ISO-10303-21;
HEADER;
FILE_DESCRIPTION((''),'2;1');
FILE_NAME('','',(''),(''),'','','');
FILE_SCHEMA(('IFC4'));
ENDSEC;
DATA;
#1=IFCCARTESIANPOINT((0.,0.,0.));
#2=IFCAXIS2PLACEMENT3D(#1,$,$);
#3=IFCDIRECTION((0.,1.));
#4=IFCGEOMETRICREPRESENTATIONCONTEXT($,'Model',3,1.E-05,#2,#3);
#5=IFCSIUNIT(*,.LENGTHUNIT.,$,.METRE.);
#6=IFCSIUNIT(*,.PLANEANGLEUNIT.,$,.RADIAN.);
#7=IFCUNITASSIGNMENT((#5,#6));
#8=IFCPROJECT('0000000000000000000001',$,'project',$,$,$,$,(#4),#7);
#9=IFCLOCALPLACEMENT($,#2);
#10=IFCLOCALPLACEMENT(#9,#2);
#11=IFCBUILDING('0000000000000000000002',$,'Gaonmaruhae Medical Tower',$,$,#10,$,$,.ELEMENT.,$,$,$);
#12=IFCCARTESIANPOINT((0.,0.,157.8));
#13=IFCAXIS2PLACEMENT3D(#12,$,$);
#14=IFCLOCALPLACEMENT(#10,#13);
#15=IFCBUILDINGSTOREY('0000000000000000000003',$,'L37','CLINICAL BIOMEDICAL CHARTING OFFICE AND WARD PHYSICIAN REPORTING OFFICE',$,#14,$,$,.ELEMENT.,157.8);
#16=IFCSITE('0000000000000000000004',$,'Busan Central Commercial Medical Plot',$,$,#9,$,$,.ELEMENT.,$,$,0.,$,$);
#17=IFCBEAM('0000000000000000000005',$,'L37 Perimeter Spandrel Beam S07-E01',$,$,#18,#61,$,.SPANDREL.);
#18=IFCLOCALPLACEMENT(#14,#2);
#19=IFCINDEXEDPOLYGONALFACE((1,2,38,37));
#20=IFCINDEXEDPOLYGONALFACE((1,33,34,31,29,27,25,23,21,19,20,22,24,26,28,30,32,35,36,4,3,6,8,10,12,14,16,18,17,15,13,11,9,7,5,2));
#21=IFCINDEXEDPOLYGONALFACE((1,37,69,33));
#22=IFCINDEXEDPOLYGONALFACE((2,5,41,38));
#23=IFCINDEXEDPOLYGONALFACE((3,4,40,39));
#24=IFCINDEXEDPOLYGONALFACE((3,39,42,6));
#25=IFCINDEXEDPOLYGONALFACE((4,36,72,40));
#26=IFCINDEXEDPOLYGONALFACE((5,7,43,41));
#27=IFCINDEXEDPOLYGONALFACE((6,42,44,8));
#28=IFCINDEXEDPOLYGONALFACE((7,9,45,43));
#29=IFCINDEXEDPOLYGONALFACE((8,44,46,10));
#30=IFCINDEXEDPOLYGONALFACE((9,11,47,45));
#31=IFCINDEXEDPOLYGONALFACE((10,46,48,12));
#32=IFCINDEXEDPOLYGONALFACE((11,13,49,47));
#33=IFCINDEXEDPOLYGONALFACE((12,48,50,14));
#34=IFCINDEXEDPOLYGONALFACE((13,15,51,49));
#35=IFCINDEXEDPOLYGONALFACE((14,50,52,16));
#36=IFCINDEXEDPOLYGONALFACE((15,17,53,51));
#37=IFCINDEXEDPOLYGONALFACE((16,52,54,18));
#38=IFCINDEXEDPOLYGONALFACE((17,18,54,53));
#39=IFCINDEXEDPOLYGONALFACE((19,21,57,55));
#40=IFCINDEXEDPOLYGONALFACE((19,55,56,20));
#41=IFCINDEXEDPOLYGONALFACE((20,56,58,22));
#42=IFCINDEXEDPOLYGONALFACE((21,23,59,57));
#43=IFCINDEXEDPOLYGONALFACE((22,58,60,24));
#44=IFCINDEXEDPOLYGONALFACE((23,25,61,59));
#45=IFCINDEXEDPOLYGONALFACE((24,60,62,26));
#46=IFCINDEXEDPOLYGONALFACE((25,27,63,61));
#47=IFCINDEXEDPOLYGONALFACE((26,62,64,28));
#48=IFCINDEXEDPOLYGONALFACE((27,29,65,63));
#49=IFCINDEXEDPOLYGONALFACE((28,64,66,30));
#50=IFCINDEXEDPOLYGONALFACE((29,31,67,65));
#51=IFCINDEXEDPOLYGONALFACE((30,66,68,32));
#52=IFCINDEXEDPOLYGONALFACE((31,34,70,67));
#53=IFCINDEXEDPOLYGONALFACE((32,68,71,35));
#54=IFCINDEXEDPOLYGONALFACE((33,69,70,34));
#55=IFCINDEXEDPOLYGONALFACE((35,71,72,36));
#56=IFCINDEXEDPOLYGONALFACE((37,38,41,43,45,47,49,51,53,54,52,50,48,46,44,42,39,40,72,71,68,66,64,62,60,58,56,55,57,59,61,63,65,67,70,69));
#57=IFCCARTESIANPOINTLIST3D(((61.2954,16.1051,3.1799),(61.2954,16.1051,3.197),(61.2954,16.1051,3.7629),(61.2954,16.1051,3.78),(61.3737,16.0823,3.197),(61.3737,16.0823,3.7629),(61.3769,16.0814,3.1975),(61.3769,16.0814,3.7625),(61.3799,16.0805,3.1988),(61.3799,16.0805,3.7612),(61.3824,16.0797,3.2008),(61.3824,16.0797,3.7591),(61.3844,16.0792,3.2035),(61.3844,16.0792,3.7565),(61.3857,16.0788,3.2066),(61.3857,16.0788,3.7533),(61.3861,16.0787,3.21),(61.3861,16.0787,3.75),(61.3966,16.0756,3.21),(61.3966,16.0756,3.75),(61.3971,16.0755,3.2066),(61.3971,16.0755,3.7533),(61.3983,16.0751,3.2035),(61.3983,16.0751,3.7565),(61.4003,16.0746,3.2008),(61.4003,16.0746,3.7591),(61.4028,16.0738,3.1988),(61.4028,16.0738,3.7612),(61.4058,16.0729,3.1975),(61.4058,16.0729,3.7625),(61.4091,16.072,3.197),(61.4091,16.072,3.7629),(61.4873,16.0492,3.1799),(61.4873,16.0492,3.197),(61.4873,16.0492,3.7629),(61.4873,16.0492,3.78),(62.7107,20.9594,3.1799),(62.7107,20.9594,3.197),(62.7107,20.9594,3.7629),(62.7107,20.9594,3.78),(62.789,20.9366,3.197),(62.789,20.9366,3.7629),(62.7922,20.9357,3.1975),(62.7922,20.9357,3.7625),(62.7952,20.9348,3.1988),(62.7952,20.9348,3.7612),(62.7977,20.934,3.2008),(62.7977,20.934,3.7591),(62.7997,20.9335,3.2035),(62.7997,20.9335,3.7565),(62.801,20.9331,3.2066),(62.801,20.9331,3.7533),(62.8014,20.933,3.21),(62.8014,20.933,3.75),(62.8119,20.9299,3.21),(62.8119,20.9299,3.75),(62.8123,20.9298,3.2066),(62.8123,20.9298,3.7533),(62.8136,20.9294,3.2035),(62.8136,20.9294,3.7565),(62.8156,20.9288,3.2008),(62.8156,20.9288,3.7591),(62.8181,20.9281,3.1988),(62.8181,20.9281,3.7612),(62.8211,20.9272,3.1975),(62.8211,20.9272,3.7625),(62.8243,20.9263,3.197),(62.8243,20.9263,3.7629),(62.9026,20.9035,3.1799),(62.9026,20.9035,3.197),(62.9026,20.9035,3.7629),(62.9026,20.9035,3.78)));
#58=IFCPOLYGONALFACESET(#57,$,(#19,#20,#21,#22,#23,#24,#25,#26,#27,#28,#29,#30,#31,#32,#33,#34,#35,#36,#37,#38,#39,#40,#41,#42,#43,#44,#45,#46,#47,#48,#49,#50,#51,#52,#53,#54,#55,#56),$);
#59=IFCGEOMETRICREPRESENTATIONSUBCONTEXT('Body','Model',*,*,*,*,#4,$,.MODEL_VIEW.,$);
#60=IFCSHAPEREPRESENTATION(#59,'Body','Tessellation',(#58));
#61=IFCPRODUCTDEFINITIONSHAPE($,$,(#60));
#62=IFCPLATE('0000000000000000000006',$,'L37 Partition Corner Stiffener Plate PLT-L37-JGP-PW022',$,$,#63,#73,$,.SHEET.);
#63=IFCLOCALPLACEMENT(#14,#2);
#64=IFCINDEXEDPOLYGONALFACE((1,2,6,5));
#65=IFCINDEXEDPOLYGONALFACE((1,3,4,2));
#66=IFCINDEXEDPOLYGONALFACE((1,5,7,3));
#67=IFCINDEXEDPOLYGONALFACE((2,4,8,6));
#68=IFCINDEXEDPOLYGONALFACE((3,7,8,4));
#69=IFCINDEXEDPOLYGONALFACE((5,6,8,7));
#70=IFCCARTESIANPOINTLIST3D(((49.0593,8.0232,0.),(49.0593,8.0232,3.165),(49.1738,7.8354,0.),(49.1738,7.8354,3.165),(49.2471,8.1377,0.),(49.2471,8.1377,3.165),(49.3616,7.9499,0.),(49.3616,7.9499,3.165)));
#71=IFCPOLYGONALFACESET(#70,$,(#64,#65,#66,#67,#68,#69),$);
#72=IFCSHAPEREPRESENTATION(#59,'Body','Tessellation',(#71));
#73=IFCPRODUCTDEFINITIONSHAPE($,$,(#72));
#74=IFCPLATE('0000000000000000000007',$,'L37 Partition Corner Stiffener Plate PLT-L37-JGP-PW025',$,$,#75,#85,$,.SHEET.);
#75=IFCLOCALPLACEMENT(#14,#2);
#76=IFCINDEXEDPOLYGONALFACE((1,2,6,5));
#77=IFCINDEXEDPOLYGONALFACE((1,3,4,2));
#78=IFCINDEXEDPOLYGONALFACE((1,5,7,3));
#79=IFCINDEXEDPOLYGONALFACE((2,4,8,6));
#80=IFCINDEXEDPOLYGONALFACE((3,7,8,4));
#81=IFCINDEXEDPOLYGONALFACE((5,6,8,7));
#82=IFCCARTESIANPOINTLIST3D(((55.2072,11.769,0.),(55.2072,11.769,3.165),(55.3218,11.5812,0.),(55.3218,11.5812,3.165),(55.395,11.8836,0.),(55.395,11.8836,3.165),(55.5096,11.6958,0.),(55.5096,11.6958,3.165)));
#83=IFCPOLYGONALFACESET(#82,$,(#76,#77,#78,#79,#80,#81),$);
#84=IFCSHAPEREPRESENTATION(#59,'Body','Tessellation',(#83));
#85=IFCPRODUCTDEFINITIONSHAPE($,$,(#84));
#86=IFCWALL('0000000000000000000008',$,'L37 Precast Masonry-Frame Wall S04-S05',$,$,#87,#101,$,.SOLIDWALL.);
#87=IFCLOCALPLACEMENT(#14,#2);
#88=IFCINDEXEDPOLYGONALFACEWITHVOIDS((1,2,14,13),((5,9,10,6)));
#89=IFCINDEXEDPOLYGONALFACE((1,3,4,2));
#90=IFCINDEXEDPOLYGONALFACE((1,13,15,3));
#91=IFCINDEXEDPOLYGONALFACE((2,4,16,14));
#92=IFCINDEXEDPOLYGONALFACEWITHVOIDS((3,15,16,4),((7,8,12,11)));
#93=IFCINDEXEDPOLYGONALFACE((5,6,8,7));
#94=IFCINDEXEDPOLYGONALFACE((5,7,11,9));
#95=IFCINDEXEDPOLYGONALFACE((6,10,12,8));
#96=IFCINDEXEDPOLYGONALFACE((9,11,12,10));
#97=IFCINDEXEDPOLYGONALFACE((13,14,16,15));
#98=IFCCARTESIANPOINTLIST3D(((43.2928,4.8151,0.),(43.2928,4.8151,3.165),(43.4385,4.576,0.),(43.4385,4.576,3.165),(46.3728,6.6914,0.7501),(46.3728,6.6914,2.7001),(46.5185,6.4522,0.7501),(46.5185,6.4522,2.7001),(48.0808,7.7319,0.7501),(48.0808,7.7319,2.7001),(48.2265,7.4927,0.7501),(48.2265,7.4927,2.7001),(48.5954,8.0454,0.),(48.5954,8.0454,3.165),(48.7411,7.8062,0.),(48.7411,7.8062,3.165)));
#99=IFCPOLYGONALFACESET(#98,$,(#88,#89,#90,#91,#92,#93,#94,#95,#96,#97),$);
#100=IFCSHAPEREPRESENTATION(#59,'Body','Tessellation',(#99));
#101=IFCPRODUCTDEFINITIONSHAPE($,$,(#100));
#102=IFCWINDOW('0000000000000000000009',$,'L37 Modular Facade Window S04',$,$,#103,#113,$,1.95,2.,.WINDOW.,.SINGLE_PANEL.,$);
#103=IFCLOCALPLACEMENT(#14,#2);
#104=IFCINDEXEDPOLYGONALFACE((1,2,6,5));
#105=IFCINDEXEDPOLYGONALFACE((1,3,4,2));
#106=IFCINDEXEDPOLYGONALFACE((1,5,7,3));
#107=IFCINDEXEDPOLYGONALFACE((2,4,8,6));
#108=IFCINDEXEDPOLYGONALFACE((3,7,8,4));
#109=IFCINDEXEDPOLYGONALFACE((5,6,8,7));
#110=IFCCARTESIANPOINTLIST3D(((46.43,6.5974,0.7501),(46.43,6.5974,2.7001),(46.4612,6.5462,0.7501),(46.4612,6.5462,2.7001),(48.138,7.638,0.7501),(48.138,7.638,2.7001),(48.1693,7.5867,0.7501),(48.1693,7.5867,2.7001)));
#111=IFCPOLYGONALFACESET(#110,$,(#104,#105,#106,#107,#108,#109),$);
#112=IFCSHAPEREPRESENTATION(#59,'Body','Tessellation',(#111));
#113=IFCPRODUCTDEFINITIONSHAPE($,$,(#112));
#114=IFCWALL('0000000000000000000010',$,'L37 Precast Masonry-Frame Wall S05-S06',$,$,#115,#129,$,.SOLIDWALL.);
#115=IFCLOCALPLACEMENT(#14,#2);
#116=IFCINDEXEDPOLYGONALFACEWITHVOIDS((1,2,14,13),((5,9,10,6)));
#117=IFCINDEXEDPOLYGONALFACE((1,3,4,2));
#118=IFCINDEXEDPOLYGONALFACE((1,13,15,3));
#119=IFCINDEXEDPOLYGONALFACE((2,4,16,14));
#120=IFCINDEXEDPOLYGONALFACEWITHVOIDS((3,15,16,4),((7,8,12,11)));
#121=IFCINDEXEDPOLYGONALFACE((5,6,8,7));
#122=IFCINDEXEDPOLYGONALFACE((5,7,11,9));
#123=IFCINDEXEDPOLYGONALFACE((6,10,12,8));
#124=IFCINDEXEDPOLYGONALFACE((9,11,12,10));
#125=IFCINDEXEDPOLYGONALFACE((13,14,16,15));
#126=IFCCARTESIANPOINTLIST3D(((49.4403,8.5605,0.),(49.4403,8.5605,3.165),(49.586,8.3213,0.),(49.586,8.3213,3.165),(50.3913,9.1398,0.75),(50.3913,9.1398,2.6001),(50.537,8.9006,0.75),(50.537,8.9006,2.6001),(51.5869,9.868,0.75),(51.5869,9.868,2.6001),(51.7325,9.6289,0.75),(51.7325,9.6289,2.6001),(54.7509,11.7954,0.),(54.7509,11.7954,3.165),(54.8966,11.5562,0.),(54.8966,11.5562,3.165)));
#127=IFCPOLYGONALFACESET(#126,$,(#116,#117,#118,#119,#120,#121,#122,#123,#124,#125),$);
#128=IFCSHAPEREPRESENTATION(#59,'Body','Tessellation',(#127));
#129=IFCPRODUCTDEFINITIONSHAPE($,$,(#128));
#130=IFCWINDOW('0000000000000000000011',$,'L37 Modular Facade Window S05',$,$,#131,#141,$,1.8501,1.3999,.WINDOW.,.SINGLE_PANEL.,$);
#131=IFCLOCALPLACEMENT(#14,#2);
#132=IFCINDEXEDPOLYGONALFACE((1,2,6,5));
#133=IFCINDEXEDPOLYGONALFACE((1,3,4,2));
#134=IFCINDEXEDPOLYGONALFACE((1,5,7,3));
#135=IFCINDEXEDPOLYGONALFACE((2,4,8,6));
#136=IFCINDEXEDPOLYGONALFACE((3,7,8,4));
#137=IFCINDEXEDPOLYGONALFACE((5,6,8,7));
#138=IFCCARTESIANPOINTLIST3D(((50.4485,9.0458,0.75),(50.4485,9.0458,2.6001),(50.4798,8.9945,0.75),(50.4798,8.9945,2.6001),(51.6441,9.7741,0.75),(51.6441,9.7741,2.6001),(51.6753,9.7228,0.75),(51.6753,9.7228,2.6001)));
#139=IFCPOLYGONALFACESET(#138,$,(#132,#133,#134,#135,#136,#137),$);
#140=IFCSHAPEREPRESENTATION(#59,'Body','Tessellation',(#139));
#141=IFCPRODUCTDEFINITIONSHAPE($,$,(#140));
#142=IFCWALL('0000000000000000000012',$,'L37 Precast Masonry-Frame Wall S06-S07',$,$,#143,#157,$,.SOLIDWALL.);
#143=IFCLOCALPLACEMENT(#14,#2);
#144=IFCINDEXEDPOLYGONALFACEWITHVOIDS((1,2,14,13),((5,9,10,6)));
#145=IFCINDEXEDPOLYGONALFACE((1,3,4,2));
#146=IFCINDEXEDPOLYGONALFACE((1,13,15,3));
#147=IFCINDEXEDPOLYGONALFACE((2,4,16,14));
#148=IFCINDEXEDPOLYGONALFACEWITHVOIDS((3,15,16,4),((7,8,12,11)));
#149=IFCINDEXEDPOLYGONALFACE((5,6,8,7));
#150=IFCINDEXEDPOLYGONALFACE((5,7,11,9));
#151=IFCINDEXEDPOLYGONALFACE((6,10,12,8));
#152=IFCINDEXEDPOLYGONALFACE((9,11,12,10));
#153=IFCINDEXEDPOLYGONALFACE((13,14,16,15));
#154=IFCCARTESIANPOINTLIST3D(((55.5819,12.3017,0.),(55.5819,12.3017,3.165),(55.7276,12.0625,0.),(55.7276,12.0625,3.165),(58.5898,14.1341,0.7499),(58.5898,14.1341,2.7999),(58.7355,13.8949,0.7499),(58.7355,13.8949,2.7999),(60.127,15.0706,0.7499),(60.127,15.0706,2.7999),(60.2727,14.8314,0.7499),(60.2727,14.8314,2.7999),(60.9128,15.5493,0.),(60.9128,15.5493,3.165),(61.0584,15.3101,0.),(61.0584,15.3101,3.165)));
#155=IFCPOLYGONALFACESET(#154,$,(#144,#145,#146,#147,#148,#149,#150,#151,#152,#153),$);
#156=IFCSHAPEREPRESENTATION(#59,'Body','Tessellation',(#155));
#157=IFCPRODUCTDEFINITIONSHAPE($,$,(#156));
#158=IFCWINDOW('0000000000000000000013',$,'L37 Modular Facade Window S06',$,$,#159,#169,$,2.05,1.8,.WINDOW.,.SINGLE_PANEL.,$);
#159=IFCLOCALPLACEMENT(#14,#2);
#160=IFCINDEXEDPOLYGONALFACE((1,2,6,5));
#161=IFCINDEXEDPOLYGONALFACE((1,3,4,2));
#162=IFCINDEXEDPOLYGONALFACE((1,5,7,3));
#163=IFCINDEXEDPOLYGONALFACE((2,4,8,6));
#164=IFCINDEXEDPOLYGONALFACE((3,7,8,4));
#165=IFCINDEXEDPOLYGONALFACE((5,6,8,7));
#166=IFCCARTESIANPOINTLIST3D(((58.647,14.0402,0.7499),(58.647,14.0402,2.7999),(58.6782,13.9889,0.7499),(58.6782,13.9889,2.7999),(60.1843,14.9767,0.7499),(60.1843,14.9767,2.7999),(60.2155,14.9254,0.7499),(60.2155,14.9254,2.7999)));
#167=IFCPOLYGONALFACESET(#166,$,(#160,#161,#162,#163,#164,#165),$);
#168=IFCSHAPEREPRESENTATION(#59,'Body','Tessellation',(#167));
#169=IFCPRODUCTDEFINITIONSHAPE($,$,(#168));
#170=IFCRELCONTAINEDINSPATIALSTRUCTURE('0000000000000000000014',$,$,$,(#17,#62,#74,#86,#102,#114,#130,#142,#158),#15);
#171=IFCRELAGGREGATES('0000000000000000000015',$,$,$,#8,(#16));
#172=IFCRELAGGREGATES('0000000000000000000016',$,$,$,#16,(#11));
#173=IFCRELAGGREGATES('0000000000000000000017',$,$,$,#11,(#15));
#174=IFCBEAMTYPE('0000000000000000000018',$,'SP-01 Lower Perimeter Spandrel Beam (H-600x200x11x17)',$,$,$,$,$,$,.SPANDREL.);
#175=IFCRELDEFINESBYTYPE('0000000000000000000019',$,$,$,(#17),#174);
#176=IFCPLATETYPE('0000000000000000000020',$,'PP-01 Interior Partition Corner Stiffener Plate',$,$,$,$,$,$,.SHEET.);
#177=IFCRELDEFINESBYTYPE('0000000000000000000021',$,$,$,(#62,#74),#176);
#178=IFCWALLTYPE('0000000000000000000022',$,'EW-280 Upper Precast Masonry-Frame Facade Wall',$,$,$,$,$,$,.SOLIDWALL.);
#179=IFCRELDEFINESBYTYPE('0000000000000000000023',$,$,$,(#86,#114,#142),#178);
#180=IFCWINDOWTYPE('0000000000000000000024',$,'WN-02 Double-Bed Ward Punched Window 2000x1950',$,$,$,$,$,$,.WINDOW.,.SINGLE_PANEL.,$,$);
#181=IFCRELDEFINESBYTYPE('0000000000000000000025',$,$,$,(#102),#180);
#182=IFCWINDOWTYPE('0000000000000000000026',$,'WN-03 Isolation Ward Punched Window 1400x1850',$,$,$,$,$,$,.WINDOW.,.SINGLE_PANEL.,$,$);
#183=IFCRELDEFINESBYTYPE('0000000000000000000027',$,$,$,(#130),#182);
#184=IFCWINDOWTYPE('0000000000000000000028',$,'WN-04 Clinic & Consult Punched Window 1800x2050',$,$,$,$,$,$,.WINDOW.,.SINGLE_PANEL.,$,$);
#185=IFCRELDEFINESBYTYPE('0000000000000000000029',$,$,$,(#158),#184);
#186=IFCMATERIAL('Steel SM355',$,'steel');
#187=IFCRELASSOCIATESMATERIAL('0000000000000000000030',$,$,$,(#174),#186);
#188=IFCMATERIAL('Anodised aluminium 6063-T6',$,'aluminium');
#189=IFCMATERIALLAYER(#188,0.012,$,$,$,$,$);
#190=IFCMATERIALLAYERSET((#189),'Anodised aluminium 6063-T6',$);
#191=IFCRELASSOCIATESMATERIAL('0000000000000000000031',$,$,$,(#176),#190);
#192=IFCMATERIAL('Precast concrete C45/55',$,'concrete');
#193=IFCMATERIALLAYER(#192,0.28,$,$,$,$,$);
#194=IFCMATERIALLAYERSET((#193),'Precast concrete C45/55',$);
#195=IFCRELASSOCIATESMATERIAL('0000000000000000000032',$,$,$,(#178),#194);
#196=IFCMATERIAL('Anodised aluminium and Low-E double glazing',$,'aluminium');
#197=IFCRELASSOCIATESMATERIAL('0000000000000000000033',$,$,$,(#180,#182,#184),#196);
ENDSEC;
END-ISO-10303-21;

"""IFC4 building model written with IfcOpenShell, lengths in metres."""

from ifc_helpers import new_model, si_unit, direction, frame, frame_2d, origin, origin_2d, place, context, subcontext, project, spatial, rectangle, i_section, extrude, material, layer, layer_set, material_profile, profile_set, type_object, element, fill, save


model = new_model("IFC4")

# Units and contexts
model_context = context("Model", 3, precision=1e-05, world=origin(), true_north=direction((0.0, 1.0)))
body_context = subcontext(model_context, "Body", "Model", "MODEL_VIEW")
ifc_project = project(units=[si_unit("LENGTHUNIT", "METRE"), si_unit("PLANEANGLEUNIT", "RADIAN")], contexts=[model_context])

# Site, building, storey
site_placement = place(None, origin())
site = spatial("IfcSite", under=ifc_project, at=site_placement, Name="Busan Central Commercial Medical Plot", CompositionType="ELEMENT", RefElevation=0.0)
building_placement = place(site_placement, origin())
building = spatial("IfcBuilding", under=site, at=building_placement, Name="Gaonmaruhae Medical Tower", CompositionType="ELEMENT")
storey_placement = place(building_placement, frame((0.0, 0.0, 157.8)))
storey = spatial("IfcBuildingStorey", under=building, at=storey_placement, Name="L37", Description="CLINICAL BIOMEDICAL CHARTING OFFICE AND WARD PHYSICIAN REPORTING OFFICE", CompositionType="ELEMENT", Elevation=157.8)

# Beam
ifc_material_1 = material(Name="Steel SM355", Category="steel")
ifc_material_profile_1 = material_profile(ifc_material_1, i_section(OverallWidth=0.2, OverallDepth=0.6001, WebThickness=0.011, FlangeThickness=0.0171, FilletRadius=0.0129, at=origin_2d()), Name="H-600x200x11x17")
ifc_profile_set_1 = profile_set([ifc_material_profile_1], Name="Steel SM355")
beam_type_1 = type_object("IfcBeamType", Name="SP-01 Lower Perimeter Spandrel Beam (H-600x200x11x17)", PredefinedType="SPANDREL", material=ifc_profile_set_1)
beam_1_placement = place(storey_placement, frame((61.3914, 16.0771, 3.48), z_axis=(0.279902, 0.960029, 0.0), x_axis=(-0.960029, 0.279902, 0.0)))
element("IfcBeam", 1, at=beam_1_placement, inside=storey, type_object=beam_type_1, Name="L37 Perimeter Spandrel Beam S07-E01", PredefinedType="SPANDREL", context=body_context, shape_type="SweptSolid", body=[
    extrude(i_section(OverallWidth=0.2, OverallDepth=0.6001, WebThickness=0.011, FlangeThickness=0.0171, FilletRadius=0.0129, at=origin_2d()), origin(), (0.0, 0.0, 1.0), 5.0564),
])

# Plates
ifc_material_2 = material(Name="Anodised aluminium 6063-T6", Category="aluminium")
ifc_layer_1 = layer(ifc_material_2, 0.012)
ifc_layer_set_1 = layer_set([ifc_layer_1], Name="Anodised aluminium 6063-T6")
plate_type = type_object("IfcPlateType", Name="PP-01 Interior Partition Corner Stiffener Plate", PredefinedType="SHEET", material=ifc_layer_set_1)
for number, where, z_axis, x_axis, name in (
    (2, (49.2104, 7.9866, 0.0), (0.0, 0.0, 1.0), (-0.853905, -0.520429, 0.0), "L37 Partition Corner Stiffener Plate PLT-L37-JGP-PW022"),
    (3, (55.3584, 11.7324, 0.0), (0.0, 0.0, 1.0), (-0.85366, -0.520831, 0.0), "L37 Partition Corner Stiffener Plate PLT-L37-JGP-PW025"),
):
    element("IfcPlate", number, at=place(storey_placement, frame(where, z_axis=z_axis, x_axis=x_axis)), inside=storey, type_object=plate_type, Name=name, PredefinedType="SHEET", context=body_context, shape_type="SweptSolid", body=[
        extrude(rectangle(XDim=0.22, YDim=0.22, at=origin_2d()), origin(), (0.0, 0.0, 1.0), 3.165),
    ])

# Walls, openings, windows
ifc_material_3 = material(Name="Precast concrete C45/55", Category="concrete")
ifc_layer_2 = layer(ifc_material_3, 0.28)
ifc_layer_set_2 = layer_set([ifc_layer_2], Name="Precast concrete C45/55")
wall_type_1 = type_object("IfcWallType", Name="EW-280 Upper Precast Masonry-Frame Facade Wall", PredefinedType="SOLIDWALL", material=ifc_layer_set_2)
wall_1_placement = place(storey_placement, frame((48.6682, 7.9258, 0.0), z_axis=(0.0, 0.0, 1.0), x_axis=(-0.854011, -0.520255, 0.0)))
wall_1 = element("IfcWall", 4, at=wall_1_placement, inside=storey, type_object=wall_type_1, Name="L37 Precast Masonry-Frame Wall S04-S05", PredefinedType="SOLIDWALL", context=body_context, shape_type="SweptSolid", body=[
    extrude(rectangle(XDim=6.209, YDim=0.28, at=frame_2d((3.1045, 0.0))), origin(), (0.0, 0.0, 1.0), 3.165),
])
opening_1_placement = place(wall_1_placement, frame((0.6025, 0.0, 0.75)))
opening_1 = element("IfcOpeningElement", 5, at=opening_1_placement, cuts=wall_1, PredefinedType="OPENING", context=body_context, shape_type="SweptSolid", body=[
    extrude(rectangle(XDim=2.0, YDim=1.95, at=frame_2d((1.0, 0.9751))), frame((0.0, 0.1499, 0.0), z_axis=(0.0, -1.0, 0.0), x_axis=(1.0, 0.0, 0.0)), (0.0, 0.0, 1.0), 0.3),
])
ifc_material_4 = material(Name="Anodised aluminium and Low-E double glazing", Category="aluminium")
window_type_1 = type_object("IfcWindowType", Name="WN-02 Double-Bed Ward Punched Window 2000x1950", PartitioningType="SINGLE_PANEL", PredefinedType="WINDOW", material=ifc_material_4)
window_1_placement = place(opening_1_placement, origin())
window_1 = element("IfcWindow", 6, at=window_1_placement, inside=storey, type_object=window_type_1, Name="L37 Modular Facade Window S04", OverallHeight=1.95, OverallWidth=2.0, PartitioningType="SINGLE_PANEL", PredefinedType="WINDOW", context=body_context, shape_type="SweptSolid", body=[
    extrude(rectangle(XDim=2.0, YDim=1.95, at=frame_2d((1.0, 0.9751))), frame((0.0, 0.03, 0.0), z_axis=(0.0, -1.0, 0.0), x_axis=(1.0, 0.0, 0.0)), (0.0, 0.0, 1.0), 0.0601),
])
fill(opening_1, window_1)
wall_2_placement = place(storey_placement, frame((54.8237, 11.6758, 0.0), z_axis=(0.0, 0.0, 1.0), x_axis=(-0.85403, -0.520223, 0.0)))
wall_2 = element("IfcWall", 7, at=wall_2_placement, inside=storey, type_object=wall_type_1, Name="L37 Precast Masonry-Frame Wall S05-S06", PredefinedType="SOLIDWALL", context=body_context, shape_type="SweptSolid", body=[
    extrude(rectangle(XDim=6.2183, YDim=0.28, at=frame_2d((3.1091, 0.0))), origin(), (0.0, 0.0, 1.0), 3.165),
])
opening_2_placement = place(wall_2_placement, frame((3.7048, 0.0, 0.75)))
opening_2 = element("IfcOpeningElement", 8, at=opening_2_placement, cuts=wall_2, PredefinedType="OPENING", context=body_context, shape_type="SweptSolid", body=[
    extrude(rectangle(XDim=1.3999, YDim=1.8501, at=frame_2d((0.7, 0.925))), frame((0.0, 0.1499, 0.0), z_axis=(0.0, -1.0, 0.0), x_axis=(1.0, 0.0, 0.0)), (0.0, 0.0, 1.0), 0.3),
])
window_type_2 = type_object("IfcWindowType", Name="WN-03 Isolation Ward Punched Window 1400x1850", PartitioningType="SINGLE_PANEL", PredefinedType="WINDOW", material=ifc_material_4)
window_2_placement = place(opening_2_placement, origin())
window_2 = element("IfcWindow", 9, at=window_2_placement, inside=storey, type_object=window_type_2, Name="L37 Modular Facade Window S05", OverallHeight=1.8501, OverallWidth=1.3999, PartitioningType="SINGLE_PANEL", PredefinedType="WINDOW", context=body_context, shape_type="SweptSolid", body=[
    extrude(rectangle(XDim=1.3999, YDim=1.8501, at=frame_2d((0.7, 0.925))), frame((0.0, 0.03, 0.0), z_axis=(0.0, -1.0, 0.0), x_axis=(1.0, 0.0, 0.0)), (0.0, 0.0, 1.0), 0.0601),
])
fill(opening_2, window_2)
wall_3_placement = place(storey_placement, frame((60.9856, 15.4297, 0.0), z_axis=(0.0, 0.0, 1.0), x_axis=(-0.854005, -0.520265, 0.0)))
wall_3 = element("IfcWall", 10, at=wall_3_placement, inside=storey, type_object=wall_type_1, Name="L37 Precast Masonry-Frame Wall S06-S07", PredefinedType="SOLIDWALL", context=body_context, shape_type="SweptSolid", body=[
    extrude(rectangle(XDim=6.2422, YDim=0.28, at=frame_2d((3.1211, 0.0))), origin(), (0.0, 0.0, 1.0), 3.165),
])
opening_3_placement = place(wall_3_placement, frame((0.9202, 0.0, 0.75)))
opening_3 = element("IfcOpeningElement", 11, at=opening_3_placement, cuts=wall_3, PredefinedType="OPENING", context=body_context, shape_type="SweptSolid", body=[
    extrude(rectangle(XDim=1.8, YDim=2.05, at=frame_2d((0.8999, 1.0249))), frame((0.0, 0.1499, 0.0), z_axis=(0.0, -1.0, 0.0), x_axis=(1.0, 0.0, 0.0)), (0.0, 0.0, 1.0), 0.3),
])
window_type_3 = type_object("IfcWindowType", Name="WN-04 Clinic & Consult Punched Window 1800x2050", PartitioningType="SINGLE_PANEL", PredefinedType="WINDOW", material=ifc_material_4)
window_3_placement = place(opening_3_placement, origin())
window_3 = element("IfcWindow", 12, at=window_3_placement, inside=storey, type_object=window_type_3, Name="L37 Modular Facade Window S06", OverallHeight=2.05, OverallWidth=1.8, PartitioningType="SINGLE_PANEL", PredefinedType="WINDOW", context=body_context, shape_type="SweptSolid", body=[
    extrude(rectangle(XDim=1.8, YDim=2.05, at=frame_2d((0.8999, 1.0249))), frame((0.0, 0.03, 0.0), z_axis=(0.0, -1.0, 0.0), x_axis=(1.0, 0.0, 0.0)), (0.0, 0.0, 1.0), 0.0601),
])
fill(opening_3, window_3)

save(model, "model.ifc")
